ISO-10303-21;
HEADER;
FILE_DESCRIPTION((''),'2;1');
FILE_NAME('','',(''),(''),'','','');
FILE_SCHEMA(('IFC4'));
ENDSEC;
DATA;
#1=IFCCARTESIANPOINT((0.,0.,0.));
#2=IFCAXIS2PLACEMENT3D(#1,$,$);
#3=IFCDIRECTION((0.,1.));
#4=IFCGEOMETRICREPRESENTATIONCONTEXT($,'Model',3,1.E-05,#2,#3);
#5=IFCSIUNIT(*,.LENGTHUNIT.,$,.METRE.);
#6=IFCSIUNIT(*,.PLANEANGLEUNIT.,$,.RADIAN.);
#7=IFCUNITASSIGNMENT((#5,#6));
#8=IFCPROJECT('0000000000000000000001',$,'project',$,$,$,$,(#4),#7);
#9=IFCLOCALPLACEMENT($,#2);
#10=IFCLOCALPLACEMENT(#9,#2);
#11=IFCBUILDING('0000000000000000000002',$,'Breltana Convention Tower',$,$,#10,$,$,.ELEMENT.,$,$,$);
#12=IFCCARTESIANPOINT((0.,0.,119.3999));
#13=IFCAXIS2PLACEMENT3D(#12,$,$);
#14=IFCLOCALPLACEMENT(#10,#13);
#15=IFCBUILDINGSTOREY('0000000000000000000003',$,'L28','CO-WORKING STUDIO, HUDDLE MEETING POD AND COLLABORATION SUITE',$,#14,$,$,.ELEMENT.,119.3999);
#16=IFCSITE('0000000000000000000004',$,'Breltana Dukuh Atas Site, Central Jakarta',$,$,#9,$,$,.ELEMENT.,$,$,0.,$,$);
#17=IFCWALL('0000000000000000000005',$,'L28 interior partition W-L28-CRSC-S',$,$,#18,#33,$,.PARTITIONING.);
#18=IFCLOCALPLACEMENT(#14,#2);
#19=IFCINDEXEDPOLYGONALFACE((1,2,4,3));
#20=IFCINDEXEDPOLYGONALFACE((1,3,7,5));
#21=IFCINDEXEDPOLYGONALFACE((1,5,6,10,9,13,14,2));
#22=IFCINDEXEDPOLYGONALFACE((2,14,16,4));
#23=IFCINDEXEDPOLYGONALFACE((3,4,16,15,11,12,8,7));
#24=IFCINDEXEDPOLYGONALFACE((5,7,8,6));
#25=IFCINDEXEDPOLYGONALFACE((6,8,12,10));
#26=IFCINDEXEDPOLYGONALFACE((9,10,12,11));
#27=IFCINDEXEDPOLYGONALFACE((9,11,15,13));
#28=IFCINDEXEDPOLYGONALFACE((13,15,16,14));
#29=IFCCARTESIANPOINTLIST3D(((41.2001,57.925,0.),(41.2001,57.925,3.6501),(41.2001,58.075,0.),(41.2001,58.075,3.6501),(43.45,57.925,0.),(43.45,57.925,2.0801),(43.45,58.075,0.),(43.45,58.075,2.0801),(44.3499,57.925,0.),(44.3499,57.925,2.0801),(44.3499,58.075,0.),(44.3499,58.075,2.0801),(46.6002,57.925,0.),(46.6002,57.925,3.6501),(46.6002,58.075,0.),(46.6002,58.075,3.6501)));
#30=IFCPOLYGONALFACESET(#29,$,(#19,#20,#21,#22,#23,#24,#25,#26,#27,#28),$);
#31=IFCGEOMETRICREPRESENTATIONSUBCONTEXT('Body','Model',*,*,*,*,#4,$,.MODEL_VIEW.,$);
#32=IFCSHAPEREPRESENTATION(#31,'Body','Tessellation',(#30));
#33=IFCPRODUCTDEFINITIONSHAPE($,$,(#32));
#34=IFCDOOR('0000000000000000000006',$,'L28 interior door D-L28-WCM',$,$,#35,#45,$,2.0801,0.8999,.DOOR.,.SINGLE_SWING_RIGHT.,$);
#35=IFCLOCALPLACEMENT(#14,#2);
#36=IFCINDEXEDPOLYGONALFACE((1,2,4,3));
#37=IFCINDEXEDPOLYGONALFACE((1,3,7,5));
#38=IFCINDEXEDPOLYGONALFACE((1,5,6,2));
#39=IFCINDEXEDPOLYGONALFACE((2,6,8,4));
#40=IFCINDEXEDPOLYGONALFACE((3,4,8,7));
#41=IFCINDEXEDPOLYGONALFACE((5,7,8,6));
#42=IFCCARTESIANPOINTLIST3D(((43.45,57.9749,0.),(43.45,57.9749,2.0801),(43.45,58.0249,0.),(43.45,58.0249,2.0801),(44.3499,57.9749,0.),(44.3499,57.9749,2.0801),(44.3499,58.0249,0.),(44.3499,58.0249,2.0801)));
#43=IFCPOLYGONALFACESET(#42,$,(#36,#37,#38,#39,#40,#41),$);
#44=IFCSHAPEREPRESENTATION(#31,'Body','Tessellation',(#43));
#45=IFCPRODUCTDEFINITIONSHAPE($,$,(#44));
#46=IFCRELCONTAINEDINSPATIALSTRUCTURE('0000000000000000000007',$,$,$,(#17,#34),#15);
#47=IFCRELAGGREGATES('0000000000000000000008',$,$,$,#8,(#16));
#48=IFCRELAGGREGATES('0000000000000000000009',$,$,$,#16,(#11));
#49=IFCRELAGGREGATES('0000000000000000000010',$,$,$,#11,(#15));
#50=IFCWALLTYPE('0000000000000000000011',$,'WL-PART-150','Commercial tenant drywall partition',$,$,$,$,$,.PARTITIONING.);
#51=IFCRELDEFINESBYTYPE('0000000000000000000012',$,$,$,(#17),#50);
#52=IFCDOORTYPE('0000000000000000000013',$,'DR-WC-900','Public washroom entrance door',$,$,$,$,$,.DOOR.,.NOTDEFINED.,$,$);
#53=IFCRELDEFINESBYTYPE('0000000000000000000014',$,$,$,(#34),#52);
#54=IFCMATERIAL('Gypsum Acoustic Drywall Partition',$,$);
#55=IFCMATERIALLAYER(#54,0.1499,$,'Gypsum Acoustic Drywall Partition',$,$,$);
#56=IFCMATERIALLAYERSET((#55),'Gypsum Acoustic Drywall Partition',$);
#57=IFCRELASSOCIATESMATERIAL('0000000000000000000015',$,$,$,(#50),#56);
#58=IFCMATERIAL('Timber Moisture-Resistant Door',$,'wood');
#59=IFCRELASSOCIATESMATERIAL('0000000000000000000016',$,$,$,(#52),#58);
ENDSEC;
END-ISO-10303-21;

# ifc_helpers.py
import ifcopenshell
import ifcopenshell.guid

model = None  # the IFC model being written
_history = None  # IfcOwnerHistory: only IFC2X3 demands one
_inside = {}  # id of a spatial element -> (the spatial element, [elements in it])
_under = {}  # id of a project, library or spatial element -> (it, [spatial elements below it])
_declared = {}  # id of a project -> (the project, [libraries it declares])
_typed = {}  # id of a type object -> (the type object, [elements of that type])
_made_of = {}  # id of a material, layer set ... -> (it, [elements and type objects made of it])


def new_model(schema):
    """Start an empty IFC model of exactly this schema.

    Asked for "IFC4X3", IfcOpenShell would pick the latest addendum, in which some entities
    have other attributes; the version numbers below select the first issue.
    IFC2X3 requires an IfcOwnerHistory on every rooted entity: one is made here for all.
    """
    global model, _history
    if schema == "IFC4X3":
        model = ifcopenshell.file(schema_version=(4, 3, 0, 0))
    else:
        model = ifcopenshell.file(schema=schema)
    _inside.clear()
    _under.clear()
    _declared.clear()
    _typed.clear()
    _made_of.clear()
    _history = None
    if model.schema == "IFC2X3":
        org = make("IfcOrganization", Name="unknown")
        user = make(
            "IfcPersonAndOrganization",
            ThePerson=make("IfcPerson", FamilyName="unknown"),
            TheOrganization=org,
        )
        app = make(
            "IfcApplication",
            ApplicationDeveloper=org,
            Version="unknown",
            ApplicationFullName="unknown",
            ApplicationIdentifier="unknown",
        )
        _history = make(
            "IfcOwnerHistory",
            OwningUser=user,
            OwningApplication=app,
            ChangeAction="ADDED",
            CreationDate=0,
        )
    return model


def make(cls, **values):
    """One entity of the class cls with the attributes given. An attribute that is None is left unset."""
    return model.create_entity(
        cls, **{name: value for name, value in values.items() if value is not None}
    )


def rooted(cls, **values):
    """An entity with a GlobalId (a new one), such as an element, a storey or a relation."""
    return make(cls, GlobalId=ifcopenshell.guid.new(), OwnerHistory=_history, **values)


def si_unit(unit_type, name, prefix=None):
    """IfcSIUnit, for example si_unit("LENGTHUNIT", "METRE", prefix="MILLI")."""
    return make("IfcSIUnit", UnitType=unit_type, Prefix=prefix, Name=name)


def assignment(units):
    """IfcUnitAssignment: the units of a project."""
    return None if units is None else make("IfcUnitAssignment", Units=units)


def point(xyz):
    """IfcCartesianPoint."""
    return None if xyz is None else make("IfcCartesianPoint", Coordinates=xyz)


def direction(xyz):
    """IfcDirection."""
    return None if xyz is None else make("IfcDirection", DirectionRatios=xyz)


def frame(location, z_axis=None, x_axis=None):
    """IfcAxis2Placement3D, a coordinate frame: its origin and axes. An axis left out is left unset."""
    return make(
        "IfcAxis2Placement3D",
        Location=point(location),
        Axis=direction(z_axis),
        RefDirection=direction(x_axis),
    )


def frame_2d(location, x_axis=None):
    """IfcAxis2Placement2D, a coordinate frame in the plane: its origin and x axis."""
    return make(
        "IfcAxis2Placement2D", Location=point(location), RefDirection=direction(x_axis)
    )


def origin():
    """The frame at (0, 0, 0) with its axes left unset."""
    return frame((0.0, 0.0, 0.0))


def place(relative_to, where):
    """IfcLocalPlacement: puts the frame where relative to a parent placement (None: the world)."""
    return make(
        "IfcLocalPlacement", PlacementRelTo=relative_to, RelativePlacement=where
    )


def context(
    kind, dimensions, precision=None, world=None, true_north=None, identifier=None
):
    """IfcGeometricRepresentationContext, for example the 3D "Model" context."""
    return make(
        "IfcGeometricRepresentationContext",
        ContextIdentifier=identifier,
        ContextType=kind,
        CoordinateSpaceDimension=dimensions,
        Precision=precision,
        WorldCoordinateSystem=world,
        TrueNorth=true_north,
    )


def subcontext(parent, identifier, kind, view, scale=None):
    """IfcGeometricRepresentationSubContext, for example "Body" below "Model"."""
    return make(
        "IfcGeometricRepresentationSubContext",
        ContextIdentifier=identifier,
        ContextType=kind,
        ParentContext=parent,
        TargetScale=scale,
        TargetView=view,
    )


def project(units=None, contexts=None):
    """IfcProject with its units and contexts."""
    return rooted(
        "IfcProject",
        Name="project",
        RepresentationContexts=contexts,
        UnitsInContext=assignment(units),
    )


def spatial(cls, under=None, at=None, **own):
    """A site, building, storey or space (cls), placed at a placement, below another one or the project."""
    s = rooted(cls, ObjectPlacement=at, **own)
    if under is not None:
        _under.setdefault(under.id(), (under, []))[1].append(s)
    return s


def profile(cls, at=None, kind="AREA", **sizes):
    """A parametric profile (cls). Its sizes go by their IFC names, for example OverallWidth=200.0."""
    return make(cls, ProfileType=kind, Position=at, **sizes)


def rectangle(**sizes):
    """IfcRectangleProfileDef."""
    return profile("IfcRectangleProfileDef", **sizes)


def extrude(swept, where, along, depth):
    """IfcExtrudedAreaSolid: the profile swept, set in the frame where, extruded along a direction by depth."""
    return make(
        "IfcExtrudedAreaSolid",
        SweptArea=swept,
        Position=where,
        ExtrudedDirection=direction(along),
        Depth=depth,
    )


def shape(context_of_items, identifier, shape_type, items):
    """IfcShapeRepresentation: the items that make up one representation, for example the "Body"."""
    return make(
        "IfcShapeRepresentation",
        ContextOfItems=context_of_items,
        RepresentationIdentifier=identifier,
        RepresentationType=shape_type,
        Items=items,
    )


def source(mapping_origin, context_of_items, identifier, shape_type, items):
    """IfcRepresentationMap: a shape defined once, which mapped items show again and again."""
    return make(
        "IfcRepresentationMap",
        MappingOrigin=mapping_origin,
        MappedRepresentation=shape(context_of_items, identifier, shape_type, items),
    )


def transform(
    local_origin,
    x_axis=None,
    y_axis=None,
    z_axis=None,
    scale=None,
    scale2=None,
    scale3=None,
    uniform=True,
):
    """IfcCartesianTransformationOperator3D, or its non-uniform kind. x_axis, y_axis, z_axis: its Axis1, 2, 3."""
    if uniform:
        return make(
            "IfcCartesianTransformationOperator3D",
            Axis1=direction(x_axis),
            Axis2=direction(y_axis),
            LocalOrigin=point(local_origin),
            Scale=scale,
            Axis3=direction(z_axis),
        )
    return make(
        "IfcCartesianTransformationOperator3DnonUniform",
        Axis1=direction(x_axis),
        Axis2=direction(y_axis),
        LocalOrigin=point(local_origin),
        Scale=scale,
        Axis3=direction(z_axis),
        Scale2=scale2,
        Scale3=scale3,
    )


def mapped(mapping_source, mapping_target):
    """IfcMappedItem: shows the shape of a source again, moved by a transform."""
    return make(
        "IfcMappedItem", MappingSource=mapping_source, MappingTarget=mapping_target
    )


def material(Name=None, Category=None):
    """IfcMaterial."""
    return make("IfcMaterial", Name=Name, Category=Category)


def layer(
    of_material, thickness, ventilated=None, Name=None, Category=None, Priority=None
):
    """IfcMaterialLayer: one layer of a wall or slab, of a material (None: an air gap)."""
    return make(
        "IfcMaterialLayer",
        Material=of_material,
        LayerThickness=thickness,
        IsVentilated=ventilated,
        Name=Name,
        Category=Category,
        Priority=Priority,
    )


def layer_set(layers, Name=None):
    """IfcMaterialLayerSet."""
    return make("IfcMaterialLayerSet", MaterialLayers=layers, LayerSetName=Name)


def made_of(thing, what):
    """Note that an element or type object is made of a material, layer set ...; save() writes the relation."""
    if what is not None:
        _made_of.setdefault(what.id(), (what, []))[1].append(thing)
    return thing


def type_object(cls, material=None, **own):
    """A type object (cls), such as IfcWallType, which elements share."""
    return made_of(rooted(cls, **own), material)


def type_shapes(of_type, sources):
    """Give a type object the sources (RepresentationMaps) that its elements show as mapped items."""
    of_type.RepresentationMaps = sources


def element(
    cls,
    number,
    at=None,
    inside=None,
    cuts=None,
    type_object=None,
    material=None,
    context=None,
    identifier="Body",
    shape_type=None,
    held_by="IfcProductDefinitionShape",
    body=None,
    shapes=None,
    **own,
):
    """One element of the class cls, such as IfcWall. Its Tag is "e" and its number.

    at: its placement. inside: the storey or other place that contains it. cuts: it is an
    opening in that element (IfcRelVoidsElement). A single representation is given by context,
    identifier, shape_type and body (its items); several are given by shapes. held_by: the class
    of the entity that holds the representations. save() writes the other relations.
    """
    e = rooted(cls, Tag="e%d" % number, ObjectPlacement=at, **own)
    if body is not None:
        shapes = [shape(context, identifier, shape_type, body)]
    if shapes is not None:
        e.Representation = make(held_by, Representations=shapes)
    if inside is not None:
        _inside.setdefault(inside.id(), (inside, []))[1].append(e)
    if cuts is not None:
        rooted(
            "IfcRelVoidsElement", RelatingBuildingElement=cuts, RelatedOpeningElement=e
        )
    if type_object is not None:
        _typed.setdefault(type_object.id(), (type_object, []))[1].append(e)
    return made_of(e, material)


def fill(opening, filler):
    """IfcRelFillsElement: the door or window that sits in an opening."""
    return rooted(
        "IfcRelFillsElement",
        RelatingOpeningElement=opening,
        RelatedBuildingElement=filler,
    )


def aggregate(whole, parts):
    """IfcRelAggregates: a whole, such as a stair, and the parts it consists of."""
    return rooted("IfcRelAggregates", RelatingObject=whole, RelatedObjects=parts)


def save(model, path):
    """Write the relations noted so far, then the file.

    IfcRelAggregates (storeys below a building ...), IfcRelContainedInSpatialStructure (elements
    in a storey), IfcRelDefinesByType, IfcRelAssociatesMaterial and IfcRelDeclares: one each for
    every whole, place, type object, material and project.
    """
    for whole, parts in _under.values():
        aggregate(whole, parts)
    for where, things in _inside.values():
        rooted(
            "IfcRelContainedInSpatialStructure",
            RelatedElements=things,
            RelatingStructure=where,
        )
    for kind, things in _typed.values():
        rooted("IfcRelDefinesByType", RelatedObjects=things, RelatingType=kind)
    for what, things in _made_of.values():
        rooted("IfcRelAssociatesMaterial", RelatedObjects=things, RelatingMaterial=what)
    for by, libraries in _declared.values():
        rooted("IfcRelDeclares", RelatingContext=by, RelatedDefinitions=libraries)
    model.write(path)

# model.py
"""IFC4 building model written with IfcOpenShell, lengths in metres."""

from ifc_helpers import new_model, si_unit, direction, frame, frame_2d, origin, place, context, subcontext, project, spatial, rectangle, extrude, source, transform, mapped, material, layer, layer_set, type_object, type_shapes, element, fill, save


model = new_model("IFC4")

# Units and contexts
model_context = context("Model", 3, precision=1e-05, world=origin(), true_north=direction((0.0, 1.0)))
body_context = subcontext(model_context, "Body", "Model", "MODEL_VIEW")
ifc_project = project(units=[si_unit("LENGTHUNIT", "METRE"), si_unit("PLANEANGLEUNIT", "RADIAN")], contexts=[model_context])

# Site, building, storey
site_placement = place(None, origin())
site = spatial("IfcSite", under=ifc_project, at=site_placement, Name="Breltana Dukuh Atas Site, Central Jakarta", CompositionType="ELEMENT", RefElevation=0.0)
building_placement = place(site_placement, origin())
building = spatial("IfcBuilding", under=site, at=building_placement, Name="Breltana Convention Tower", CompositionType="ELEMENT")
storey_placement = place(building_placement, frame((0.0, 0.0, 119.3999)))
storey = spatial("IfcBuildingStorey", under=building, at=storey_placement, Name="L28", Description="CO-WORKING STUDIO, HUDDLE MEETING POD AND COLLABORATION SUITE", CompositionType="ELEMENT", Elevation=119.3999)

# Wall, opening, door
ifc_material_1 = material(Name="Gypsum Acoustic Drywall Partition")
ifc_layer_1 = layer(ifc_material_1, 0.1499, Name="Gypsum Acoustic Drywall Partition")
ifc_layer_set_1 = layer_set([ifc_layer_1], Name="Gypsum Acoustic Drywall Partition")
wall_type_1 = type_object("IfcWallType", Name="WL-PART-150", Description="Commercial tenant drywall partition", PredefinedType="PARTITIONING", material=ifc_layer_set_1)
shared_shape_1 = source(origin(), body_context, "Body", "SweptSolid", [
    extrude(rectangle(XDim=5.4001, YDim=0.1499, at=frame_2d((2.7002, 0.0))), origin(), (0.0, 0.0, 1.0), 3.6501),
])
wall_1_placement = place(storey_placement, frame((41.2, 58.0, 0.0), z_axis=(0.0, 0.0, 1.0), x_axis=(1.0, 0.0, 0.0)))
wall_1 = element("IfcWall", 1, at=wall_1_placement, inside=storey, type_object=wall_type_1, Name="L28 interior partition W-L28-CRSC-S", PredefinedType="PARTITIONING", context=body_context, shape_type="MappedRepresentation", body=[
    mapped(shared_shape_1, transform((0.0, 0.0, 0.0), scale=1.0)),
])
opening_1_placement = place(wall_1_placement, frame((2.25, 0.0, 0.0)))
opening_1 = element("IfcOpeningElement", 2, at=opening_1_placement, cuts=wall_1, PredefinedType="OPENING", context=body_context, shape_type="SweptSolid", body=[
    extrude(rectangle(XDim=0.8999, YDim=2.0801, at=frame_2d((0.45, 1.04))), frame((0.0, 0.085, 0.0), z_axis=(0.0, -1.0, 0.0), x_axis=(1.0, 0.0, 0.0)), (0.0, 0.0, 1.0), 0.1699),
])
ifc_material_2 = material(Name="Timber Moisture-Resistant Door", Category="wood")
door_type = type_object("IfcDoorType", Name="DR-WC-900", Description="Public washroom entrance door", OperationType="NOTDEFINED", PredefinedType="DOOR", material=ifc_material_2)
shared_shape_2 = source(origin(), body_context, "Body", "SweptSolid", [
    extrude(rectangle(XDim=0.8999, YDim=2.0801, at=frame_2d((0.45, 1.04))), frame((0.0, 0.0249, 0.0), z_axis=(0.0, -1.0, 0.0), x_axis=(1.0, 0.0, 0.0)), (0.0, 0.0, 1.0), 0.05),
])
type_shapes(door_type, [shared_shape_2])
door_placement = place(opening_1_placement, origin())
door = element("IfcDoor", 3, at=door_placement, inside=storey, type_object=door_type, Name="L28 interior door D-L28-WCM", OperationType="SINGLE_SWING_RIGHT", OverallHeight=2.0801, OverallWidth=0.8999, PredefinedType="DOOR", context=body_context, shape_type="MappedRepresentation", body=[
    mapped(shared_shape_2, transform((0.0, 0.0, 0.0), scale=1.0)),
])
fill(opening_1, door)

save(model, "model.ifc")
